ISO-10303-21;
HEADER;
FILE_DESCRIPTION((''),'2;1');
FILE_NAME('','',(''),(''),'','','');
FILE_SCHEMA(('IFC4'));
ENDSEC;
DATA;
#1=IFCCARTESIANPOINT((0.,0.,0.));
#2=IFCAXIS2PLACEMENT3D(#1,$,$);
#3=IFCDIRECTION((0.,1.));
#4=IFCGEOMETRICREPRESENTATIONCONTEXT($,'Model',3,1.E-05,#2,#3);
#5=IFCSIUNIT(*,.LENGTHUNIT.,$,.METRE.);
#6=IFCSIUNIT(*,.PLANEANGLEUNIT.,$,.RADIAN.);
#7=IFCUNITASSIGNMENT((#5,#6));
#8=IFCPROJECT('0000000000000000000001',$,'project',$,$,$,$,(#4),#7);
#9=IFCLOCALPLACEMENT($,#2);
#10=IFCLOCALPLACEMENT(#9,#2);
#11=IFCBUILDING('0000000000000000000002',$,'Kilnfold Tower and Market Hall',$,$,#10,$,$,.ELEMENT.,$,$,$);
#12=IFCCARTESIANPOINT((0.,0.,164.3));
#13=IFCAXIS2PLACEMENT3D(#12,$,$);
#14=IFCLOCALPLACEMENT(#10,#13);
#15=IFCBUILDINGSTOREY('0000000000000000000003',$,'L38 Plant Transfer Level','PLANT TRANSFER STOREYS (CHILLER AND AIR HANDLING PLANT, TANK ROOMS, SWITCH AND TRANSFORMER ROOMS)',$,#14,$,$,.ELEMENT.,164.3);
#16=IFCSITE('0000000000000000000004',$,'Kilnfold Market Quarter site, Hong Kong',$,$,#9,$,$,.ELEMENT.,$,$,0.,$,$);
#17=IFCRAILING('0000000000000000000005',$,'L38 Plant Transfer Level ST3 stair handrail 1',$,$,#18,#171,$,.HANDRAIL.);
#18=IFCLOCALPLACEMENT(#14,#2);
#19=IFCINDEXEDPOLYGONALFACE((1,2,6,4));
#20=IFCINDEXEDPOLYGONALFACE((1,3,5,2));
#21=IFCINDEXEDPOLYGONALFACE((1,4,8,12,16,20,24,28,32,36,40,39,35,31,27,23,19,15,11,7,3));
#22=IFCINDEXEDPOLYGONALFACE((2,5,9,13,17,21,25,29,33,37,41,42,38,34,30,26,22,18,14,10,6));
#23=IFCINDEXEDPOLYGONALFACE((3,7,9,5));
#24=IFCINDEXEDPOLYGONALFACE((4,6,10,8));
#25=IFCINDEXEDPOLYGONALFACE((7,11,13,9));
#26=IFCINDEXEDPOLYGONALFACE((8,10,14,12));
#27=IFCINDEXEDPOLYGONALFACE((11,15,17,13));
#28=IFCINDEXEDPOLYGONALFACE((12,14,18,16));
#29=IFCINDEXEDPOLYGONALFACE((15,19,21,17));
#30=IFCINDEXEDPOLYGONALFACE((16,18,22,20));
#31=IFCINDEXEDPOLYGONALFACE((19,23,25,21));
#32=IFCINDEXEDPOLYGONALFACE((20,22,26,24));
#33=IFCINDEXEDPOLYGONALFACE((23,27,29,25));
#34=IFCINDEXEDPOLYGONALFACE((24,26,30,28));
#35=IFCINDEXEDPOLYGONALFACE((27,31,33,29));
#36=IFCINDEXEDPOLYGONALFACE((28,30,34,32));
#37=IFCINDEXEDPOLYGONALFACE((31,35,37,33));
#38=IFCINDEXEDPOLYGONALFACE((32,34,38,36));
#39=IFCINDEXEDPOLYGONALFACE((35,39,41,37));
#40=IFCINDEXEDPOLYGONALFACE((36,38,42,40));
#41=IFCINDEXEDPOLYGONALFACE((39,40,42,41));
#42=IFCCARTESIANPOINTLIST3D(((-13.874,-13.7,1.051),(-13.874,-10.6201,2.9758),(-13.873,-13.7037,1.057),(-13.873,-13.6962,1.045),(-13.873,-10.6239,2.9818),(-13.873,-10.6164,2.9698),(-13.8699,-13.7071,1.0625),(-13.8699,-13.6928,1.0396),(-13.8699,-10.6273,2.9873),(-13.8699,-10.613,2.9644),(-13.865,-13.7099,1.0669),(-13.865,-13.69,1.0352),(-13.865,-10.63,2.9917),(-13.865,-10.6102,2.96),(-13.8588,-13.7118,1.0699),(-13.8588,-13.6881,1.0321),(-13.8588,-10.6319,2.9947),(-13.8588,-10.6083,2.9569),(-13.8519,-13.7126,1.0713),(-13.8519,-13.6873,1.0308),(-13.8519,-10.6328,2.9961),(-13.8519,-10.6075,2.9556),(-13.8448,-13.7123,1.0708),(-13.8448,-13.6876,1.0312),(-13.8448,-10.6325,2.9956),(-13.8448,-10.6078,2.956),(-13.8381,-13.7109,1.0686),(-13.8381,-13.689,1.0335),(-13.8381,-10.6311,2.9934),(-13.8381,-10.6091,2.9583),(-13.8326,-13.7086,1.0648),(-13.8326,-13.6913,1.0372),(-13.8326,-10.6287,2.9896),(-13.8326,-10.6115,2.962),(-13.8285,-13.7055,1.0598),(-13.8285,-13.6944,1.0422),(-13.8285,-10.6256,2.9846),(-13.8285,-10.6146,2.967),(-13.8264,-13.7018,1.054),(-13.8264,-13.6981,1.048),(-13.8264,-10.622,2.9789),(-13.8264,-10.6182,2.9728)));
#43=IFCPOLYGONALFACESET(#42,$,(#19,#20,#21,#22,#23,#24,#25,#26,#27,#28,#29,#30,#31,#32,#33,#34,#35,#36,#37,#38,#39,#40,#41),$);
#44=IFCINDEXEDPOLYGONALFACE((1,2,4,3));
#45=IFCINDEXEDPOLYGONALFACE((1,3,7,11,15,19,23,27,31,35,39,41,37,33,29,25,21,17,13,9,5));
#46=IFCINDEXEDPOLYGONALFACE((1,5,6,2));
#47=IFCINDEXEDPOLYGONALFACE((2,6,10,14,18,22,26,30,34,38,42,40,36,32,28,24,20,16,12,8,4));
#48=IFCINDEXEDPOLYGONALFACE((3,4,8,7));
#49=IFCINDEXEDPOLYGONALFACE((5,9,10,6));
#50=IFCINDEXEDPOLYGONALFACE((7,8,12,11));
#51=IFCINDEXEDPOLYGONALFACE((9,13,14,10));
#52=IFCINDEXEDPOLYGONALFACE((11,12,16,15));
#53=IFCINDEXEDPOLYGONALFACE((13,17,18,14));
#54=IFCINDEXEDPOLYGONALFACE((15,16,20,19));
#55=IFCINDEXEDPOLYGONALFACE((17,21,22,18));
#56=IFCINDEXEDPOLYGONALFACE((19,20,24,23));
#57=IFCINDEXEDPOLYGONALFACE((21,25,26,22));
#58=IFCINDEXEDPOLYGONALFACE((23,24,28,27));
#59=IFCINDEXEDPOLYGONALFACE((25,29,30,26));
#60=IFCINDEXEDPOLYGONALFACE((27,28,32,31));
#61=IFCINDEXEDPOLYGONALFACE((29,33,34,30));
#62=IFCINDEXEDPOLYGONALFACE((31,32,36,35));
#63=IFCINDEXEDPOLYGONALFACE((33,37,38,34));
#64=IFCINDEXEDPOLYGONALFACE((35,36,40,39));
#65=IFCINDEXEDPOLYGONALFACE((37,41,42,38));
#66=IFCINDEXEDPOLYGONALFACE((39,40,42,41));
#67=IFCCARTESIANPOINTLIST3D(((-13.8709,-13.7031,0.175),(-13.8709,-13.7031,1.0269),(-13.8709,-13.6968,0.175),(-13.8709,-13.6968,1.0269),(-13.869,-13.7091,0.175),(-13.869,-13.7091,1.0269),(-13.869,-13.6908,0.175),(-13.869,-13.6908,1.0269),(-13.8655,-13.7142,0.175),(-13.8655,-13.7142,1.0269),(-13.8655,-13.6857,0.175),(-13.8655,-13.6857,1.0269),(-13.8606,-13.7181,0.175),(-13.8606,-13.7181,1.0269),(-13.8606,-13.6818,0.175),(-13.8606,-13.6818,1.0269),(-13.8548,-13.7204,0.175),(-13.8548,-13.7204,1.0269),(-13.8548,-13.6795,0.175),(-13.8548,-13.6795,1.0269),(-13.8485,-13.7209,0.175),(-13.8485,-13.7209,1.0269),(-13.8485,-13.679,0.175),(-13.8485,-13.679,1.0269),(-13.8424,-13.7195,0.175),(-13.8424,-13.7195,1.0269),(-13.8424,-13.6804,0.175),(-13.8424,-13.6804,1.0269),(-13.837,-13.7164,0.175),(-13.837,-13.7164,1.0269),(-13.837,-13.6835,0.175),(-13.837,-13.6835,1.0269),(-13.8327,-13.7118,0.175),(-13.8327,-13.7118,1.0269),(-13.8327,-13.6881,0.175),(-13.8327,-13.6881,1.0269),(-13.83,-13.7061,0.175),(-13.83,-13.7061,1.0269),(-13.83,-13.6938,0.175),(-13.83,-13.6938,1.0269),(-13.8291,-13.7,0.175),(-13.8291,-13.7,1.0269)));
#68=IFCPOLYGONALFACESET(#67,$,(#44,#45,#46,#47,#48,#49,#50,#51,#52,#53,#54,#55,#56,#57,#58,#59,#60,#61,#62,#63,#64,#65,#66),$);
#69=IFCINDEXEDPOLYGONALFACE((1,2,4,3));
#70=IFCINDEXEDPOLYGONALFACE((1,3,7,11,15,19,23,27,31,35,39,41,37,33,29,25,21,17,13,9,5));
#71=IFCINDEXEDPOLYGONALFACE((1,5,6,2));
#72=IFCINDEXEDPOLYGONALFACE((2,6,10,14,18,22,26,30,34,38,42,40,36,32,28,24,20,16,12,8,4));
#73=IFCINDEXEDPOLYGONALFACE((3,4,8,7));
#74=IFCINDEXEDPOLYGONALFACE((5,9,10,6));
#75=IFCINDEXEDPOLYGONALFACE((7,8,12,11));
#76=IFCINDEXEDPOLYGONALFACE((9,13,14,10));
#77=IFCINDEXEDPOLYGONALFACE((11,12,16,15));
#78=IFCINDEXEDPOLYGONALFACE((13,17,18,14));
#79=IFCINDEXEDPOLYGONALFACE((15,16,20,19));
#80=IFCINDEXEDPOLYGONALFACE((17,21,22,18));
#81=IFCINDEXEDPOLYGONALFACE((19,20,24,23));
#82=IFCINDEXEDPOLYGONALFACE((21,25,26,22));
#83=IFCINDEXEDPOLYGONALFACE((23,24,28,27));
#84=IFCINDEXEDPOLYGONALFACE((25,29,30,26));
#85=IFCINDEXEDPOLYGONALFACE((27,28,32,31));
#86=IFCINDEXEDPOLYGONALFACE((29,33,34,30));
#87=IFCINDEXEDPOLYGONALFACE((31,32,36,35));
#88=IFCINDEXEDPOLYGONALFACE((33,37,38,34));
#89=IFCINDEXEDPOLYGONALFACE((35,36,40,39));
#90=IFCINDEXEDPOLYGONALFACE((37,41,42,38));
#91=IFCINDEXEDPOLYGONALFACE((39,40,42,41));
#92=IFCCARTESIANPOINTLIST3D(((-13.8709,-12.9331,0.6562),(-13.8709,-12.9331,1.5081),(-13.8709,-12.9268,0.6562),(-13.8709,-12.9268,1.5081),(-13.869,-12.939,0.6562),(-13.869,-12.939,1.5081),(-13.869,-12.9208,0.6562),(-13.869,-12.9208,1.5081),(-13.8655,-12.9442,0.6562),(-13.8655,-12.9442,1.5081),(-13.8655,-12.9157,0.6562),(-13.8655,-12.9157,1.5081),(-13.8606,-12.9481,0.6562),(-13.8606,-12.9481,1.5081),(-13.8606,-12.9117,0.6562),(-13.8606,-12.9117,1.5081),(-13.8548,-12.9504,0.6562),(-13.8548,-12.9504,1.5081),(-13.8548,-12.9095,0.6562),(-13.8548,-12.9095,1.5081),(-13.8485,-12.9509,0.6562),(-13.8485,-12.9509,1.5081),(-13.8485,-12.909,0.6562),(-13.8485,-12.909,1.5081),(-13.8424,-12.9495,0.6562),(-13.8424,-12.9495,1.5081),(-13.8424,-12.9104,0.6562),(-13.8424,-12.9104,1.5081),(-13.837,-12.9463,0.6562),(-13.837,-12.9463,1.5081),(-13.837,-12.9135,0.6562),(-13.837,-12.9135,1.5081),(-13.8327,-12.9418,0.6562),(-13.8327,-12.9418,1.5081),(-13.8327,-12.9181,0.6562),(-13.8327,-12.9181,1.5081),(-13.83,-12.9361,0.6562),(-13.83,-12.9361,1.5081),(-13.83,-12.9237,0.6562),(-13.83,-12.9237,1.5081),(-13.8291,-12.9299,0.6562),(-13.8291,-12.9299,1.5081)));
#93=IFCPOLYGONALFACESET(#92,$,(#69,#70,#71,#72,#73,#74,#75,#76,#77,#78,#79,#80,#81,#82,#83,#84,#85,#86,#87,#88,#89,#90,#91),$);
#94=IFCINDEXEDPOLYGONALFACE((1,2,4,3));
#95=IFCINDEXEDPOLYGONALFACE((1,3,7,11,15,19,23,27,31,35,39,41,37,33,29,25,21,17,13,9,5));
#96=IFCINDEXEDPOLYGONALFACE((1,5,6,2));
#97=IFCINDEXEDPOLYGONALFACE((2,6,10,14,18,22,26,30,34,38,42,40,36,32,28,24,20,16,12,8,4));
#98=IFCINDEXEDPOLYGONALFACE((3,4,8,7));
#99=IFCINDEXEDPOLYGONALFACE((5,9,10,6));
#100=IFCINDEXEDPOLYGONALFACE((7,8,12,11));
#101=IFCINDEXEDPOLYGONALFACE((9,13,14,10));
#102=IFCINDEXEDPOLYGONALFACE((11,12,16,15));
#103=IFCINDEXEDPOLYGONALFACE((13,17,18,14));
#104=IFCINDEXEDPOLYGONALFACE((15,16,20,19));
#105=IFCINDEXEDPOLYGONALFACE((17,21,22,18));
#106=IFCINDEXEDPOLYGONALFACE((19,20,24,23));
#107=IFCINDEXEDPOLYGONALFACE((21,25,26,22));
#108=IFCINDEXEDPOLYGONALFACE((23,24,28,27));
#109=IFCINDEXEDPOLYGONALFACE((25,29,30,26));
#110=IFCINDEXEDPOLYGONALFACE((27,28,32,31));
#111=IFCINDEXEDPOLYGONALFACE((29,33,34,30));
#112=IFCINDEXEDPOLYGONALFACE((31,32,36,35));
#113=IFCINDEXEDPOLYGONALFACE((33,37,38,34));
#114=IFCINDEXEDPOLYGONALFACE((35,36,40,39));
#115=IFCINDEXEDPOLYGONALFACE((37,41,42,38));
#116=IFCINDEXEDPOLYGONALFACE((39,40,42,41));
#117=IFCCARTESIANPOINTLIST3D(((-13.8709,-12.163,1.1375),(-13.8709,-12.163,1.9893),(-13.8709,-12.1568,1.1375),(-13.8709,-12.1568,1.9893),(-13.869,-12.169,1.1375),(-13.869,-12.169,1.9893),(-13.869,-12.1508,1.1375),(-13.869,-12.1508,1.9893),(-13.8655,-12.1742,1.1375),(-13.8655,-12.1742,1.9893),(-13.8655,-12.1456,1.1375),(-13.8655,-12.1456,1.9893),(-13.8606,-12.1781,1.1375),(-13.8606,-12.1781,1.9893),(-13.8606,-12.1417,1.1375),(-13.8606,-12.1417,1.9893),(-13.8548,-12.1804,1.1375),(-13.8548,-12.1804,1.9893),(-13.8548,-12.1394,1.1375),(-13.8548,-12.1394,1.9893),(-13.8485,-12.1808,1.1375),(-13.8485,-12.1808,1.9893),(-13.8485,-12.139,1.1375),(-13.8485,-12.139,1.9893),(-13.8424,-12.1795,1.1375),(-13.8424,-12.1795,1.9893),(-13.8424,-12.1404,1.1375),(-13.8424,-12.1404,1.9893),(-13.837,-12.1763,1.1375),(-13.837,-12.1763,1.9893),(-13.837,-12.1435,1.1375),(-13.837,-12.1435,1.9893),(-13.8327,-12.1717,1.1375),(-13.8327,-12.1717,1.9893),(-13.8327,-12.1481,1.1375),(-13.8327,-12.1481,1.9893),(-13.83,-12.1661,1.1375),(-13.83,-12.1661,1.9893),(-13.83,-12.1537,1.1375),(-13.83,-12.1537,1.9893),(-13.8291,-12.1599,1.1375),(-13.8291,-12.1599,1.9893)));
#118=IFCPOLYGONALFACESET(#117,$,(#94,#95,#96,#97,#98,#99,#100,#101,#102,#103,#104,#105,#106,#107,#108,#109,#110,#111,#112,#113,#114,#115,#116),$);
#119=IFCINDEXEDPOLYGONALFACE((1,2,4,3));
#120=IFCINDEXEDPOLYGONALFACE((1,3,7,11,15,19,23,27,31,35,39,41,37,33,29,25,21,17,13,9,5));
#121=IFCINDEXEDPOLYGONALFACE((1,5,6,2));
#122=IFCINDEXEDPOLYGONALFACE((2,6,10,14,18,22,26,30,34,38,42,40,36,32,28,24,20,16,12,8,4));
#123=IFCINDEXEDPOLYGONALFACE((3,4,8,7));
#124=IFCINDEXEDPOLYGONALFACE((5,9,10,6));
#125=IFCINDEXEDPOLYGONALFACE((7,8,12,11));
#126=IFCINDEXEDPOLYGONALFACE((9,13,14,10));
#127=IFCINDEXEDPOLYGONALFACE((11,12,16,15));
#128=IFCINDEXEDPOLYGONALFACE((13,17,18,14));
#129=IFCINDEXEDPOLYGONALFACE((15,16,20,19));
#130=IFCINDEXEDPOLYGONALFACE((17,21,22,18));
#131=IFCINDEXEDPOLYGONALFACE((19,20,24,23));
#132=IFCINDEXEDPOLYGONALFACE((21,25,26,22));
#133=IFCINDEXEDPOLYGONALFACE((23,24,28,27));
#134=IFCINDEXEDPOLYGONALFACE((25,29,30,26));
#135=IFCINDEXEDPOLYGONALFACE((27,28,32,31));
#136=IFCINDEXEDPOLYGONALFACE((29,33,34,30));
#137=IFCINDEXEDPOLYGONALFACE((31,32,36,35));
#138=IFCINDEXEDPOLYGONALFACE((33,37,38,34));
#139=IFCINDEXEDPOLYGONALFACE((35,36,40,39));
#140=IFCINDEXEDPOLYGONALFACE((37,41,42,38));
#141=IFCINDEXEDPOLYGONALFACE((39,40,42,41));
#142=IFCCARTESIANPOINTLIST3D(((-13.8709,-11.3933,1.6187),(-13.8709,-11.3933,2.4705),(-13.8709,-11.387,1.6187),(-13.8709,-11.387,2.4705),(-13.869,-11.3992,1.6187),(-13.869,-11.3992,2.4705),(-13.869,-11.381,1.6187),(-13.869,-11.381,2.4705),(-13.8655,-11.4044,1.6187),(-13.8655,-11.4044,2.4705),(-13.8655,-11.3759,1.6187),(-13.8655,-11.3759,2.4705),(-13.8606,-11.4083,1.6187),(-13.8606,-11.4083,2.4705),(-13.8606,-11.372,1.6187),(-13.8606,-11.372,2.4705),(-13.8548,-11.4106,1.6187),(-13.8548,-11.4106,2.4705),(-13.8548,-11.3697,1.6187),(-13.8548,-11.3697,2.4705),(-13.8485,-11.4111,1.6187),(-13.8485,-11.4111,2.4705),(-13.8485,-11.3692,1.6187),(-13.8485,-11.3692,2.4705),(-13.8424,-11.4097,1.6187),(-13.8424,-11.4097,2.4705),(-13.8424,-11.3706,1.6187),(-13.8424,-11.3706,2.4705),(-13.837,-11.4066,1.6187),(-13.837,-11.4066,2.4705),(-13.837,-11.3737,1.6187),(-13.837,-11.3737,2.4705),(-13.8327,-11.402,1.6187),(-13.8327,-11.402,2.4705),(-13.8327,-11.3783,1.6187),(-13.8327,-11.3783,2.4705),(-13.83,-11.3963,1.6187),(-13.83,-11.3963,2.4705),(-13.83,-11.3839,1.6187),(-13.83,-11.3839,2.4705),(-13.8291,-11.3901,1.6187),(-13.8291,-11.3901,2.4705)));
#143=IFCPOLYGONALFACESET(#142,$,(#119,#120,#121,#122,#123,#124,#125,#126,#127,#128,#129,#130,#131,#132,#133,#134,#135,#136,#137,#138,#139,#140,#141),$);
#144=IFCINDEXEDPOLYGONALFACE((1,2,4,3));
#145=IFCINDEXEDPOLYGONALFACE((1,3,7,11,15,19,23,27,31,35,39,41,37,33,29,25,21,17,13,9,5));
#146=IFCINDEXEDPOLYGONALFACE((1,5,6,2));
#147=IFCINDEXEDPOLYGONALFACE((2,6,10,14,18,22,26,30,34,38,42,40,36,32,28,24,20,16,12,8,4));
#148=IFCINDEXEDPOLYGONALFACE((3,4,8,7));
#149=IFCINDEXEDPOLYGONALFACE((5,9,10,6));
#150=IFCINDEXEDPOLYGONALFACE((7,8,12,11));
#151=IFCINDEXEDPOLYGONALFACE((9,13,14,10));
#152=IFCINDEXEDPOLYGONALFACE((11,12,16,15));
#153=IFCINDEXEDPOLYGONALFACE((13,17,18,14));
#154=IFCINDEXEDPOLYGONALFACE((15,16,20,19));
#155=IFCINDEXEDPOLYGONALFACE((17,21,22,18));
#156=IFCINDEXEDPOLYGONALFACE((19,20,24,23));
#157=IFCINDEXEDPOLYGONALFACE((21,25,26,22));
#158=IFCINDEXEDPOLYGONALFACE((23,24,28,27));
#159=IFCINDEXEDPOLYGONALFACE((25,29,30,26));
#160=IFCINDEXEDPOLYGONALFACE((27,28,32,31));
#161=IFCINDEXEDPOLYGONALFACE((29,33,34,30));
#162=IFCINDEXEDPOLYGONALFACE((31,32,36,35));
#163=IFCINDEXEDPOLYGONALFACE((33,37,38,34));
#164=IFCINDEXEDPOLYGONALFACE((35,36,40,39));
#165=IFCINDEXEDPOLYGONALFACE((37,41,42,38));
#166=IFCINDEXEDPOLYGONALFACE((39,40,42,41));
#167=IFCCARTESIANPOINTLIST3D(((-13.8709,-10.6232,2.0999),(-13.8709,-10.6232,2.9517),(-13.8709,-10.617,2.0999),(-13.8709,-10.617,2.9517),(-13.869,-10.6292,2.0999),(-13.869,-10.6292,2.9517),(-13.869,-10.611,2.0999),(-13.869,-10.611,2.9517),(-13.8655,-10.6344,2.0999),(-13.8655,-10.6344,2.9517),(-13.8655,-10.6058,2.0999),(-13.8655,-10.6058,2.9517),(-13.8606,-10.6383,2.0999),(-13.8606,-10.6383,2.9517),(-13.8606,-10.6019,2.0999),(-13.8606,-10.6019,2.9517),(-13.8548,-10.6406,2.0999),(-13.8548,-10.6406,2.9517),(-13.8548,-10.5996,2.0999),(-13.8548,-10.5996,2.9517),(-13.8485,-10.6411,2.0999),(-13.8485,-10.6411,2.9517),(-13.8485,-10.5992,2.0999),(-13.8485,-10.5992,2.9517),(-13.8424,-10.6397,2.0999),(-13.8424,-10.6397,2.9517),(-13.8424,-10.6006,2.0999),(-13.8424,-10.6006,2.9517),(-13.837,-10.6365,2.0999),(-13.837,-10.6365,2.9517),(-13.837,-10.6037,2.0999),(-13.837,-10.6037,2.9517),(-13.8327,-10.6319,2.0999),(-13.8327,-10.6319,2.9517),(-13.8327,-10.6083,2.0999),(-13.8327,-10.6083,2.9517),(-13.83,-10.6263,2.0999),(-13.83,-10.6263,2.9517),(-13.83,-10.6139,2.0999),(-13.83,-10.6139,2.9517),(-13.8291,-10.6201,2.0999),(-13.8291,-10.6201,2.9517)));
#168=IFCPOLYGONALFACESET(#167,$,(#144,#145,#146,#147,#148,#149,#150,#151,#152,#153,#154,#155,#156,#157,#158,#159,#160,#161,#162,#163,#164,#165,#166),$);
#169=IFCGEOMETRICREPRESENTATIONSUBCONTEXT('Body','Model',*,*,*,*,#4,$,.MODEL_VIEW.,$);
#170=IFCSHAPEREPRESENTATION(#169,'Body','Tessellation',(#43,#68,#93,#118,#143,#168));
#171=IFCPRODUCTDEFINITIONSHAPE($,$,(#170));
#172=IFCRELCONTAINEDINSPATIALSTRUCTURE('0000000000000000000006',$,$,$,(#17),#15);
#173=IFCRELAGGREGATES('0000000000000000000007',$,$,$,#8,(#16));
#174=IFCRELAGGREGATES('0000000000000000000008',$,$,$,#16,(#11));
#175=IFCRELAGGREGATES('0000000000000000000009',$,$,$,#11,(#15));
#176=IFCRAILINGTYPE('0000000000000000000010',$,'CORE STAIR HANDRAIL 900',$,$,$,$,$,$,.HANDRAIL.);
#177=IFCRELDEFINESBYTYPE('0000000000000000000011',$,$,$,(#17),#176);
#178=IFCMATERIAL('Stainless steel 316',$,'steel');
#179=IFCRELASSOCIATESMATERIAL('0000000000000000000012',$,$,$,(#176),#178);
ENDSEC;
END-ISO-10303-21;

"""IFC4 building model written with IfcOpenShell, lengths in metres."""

from ifc_helpers import new_model, si_unit, direction, frame, origin, origin_2d, place, context, subcontext, project, spatial, circle, extrude, material, type_object, element, save


model = new_model("IFC4")

# Units and contexts
model_context = context("Model", 3, precision=1e-05, world=origin(), true_north=direction((0.0, 1.0)))
body_context = subcontext(model_context, "Body", "Model", "MODEL_VIEW")
ifc_project = project(units=[si_unit("LENGTHUNIT", "METRE"), si_unit("PLANEANGLEUNIT", "RADIAN")], contexts=[model_context])

# Site, building, storey
site_placement = place(None, origin())
site = spatial("IfcSite", under=ifc_project, at=site_placement, Name="Kilnfold Market Quarter site, Hong Kong", CompositionType="ELEMENT", RefElevation=0.0)
building_placement = place(site_placement, origin())
building = spatial("IfcBuilding", under=site, at=building_placement, Name="Kilnfold Tower and Market Hall", CompositionType="ELEMENT")
storey_placement = place(building_placement, frame((0.0, 0.0, 164.3)))
storey = spatial("IfcBuildingStorey", under=building, at=storey_placement, Name="L38 Plant Transfer Level", Description="PLANT TRANSFER STOREYS (CHILLER AND AIR HANDLING PLANT, TANK ROOMS, SWITCH AND TRANSFORMER ROOMS)", CompositionType="ELEMENT", Elevation=164.3)

# Railing
ifc_material_1 = material(Name="Stainless steel 316", Category="steel")
railing_type = type_object("IfcRailingType", Name="CORE STAIR HANDRAIL 900", PredefinedType="HANDRAIL", material=ifc_material_1)
railing_placement = place(storey_placement, frame((-13.8501, -13.7, 0.175)))
element("IfcRailing", 1, at=railing_placement, inside=storey, type_object=railing_type, Name="L38 Plant Transfer Level ST3 stair handrail 1", PredefinedType="HANDRAIL", context=body_context, shape_type="SweptSolid", body=[
    extrude(circle(Radius=0.0239, at=origin_2d()), frame((0.0, 0.0, 0.876), z_axis=(0.0, 0.84801, 0.529981), x_axis=(-1.0, 0.0, 0.0)), (0.0, 0.0, 1.0), 3.6318),
    extrude(circle(Radius=0.021, at=origin_2d()), origin(), (0.0, 0.0, 1.0), 0.8518),
    extrude(circle(Radius=0.021, at=origin_2d()), frame((0.0, 0.77, 0.4812)), (0.0, 0.0, 1.0), 0.8518),
    extrude(circle(Radius=0.021, at=origin_2d()), frame((0.0, 1.54, 0.9624)), (0.0, 0.0, 1.0), 0.8518),
    extrude(circle(Radius=0.021, at=origin_2d()), frame((0.0, 2.3098, 1.4436)), (0.0, 0.0, 1.0), 0.8518),
    extrude(circle(Radius=0.021, at=origin_2d()), frame((0.0, 3.0798, 1.9248)), (0.0, 0.0, 1.0), 0.8518),
])

save(model, "model.ifc")
